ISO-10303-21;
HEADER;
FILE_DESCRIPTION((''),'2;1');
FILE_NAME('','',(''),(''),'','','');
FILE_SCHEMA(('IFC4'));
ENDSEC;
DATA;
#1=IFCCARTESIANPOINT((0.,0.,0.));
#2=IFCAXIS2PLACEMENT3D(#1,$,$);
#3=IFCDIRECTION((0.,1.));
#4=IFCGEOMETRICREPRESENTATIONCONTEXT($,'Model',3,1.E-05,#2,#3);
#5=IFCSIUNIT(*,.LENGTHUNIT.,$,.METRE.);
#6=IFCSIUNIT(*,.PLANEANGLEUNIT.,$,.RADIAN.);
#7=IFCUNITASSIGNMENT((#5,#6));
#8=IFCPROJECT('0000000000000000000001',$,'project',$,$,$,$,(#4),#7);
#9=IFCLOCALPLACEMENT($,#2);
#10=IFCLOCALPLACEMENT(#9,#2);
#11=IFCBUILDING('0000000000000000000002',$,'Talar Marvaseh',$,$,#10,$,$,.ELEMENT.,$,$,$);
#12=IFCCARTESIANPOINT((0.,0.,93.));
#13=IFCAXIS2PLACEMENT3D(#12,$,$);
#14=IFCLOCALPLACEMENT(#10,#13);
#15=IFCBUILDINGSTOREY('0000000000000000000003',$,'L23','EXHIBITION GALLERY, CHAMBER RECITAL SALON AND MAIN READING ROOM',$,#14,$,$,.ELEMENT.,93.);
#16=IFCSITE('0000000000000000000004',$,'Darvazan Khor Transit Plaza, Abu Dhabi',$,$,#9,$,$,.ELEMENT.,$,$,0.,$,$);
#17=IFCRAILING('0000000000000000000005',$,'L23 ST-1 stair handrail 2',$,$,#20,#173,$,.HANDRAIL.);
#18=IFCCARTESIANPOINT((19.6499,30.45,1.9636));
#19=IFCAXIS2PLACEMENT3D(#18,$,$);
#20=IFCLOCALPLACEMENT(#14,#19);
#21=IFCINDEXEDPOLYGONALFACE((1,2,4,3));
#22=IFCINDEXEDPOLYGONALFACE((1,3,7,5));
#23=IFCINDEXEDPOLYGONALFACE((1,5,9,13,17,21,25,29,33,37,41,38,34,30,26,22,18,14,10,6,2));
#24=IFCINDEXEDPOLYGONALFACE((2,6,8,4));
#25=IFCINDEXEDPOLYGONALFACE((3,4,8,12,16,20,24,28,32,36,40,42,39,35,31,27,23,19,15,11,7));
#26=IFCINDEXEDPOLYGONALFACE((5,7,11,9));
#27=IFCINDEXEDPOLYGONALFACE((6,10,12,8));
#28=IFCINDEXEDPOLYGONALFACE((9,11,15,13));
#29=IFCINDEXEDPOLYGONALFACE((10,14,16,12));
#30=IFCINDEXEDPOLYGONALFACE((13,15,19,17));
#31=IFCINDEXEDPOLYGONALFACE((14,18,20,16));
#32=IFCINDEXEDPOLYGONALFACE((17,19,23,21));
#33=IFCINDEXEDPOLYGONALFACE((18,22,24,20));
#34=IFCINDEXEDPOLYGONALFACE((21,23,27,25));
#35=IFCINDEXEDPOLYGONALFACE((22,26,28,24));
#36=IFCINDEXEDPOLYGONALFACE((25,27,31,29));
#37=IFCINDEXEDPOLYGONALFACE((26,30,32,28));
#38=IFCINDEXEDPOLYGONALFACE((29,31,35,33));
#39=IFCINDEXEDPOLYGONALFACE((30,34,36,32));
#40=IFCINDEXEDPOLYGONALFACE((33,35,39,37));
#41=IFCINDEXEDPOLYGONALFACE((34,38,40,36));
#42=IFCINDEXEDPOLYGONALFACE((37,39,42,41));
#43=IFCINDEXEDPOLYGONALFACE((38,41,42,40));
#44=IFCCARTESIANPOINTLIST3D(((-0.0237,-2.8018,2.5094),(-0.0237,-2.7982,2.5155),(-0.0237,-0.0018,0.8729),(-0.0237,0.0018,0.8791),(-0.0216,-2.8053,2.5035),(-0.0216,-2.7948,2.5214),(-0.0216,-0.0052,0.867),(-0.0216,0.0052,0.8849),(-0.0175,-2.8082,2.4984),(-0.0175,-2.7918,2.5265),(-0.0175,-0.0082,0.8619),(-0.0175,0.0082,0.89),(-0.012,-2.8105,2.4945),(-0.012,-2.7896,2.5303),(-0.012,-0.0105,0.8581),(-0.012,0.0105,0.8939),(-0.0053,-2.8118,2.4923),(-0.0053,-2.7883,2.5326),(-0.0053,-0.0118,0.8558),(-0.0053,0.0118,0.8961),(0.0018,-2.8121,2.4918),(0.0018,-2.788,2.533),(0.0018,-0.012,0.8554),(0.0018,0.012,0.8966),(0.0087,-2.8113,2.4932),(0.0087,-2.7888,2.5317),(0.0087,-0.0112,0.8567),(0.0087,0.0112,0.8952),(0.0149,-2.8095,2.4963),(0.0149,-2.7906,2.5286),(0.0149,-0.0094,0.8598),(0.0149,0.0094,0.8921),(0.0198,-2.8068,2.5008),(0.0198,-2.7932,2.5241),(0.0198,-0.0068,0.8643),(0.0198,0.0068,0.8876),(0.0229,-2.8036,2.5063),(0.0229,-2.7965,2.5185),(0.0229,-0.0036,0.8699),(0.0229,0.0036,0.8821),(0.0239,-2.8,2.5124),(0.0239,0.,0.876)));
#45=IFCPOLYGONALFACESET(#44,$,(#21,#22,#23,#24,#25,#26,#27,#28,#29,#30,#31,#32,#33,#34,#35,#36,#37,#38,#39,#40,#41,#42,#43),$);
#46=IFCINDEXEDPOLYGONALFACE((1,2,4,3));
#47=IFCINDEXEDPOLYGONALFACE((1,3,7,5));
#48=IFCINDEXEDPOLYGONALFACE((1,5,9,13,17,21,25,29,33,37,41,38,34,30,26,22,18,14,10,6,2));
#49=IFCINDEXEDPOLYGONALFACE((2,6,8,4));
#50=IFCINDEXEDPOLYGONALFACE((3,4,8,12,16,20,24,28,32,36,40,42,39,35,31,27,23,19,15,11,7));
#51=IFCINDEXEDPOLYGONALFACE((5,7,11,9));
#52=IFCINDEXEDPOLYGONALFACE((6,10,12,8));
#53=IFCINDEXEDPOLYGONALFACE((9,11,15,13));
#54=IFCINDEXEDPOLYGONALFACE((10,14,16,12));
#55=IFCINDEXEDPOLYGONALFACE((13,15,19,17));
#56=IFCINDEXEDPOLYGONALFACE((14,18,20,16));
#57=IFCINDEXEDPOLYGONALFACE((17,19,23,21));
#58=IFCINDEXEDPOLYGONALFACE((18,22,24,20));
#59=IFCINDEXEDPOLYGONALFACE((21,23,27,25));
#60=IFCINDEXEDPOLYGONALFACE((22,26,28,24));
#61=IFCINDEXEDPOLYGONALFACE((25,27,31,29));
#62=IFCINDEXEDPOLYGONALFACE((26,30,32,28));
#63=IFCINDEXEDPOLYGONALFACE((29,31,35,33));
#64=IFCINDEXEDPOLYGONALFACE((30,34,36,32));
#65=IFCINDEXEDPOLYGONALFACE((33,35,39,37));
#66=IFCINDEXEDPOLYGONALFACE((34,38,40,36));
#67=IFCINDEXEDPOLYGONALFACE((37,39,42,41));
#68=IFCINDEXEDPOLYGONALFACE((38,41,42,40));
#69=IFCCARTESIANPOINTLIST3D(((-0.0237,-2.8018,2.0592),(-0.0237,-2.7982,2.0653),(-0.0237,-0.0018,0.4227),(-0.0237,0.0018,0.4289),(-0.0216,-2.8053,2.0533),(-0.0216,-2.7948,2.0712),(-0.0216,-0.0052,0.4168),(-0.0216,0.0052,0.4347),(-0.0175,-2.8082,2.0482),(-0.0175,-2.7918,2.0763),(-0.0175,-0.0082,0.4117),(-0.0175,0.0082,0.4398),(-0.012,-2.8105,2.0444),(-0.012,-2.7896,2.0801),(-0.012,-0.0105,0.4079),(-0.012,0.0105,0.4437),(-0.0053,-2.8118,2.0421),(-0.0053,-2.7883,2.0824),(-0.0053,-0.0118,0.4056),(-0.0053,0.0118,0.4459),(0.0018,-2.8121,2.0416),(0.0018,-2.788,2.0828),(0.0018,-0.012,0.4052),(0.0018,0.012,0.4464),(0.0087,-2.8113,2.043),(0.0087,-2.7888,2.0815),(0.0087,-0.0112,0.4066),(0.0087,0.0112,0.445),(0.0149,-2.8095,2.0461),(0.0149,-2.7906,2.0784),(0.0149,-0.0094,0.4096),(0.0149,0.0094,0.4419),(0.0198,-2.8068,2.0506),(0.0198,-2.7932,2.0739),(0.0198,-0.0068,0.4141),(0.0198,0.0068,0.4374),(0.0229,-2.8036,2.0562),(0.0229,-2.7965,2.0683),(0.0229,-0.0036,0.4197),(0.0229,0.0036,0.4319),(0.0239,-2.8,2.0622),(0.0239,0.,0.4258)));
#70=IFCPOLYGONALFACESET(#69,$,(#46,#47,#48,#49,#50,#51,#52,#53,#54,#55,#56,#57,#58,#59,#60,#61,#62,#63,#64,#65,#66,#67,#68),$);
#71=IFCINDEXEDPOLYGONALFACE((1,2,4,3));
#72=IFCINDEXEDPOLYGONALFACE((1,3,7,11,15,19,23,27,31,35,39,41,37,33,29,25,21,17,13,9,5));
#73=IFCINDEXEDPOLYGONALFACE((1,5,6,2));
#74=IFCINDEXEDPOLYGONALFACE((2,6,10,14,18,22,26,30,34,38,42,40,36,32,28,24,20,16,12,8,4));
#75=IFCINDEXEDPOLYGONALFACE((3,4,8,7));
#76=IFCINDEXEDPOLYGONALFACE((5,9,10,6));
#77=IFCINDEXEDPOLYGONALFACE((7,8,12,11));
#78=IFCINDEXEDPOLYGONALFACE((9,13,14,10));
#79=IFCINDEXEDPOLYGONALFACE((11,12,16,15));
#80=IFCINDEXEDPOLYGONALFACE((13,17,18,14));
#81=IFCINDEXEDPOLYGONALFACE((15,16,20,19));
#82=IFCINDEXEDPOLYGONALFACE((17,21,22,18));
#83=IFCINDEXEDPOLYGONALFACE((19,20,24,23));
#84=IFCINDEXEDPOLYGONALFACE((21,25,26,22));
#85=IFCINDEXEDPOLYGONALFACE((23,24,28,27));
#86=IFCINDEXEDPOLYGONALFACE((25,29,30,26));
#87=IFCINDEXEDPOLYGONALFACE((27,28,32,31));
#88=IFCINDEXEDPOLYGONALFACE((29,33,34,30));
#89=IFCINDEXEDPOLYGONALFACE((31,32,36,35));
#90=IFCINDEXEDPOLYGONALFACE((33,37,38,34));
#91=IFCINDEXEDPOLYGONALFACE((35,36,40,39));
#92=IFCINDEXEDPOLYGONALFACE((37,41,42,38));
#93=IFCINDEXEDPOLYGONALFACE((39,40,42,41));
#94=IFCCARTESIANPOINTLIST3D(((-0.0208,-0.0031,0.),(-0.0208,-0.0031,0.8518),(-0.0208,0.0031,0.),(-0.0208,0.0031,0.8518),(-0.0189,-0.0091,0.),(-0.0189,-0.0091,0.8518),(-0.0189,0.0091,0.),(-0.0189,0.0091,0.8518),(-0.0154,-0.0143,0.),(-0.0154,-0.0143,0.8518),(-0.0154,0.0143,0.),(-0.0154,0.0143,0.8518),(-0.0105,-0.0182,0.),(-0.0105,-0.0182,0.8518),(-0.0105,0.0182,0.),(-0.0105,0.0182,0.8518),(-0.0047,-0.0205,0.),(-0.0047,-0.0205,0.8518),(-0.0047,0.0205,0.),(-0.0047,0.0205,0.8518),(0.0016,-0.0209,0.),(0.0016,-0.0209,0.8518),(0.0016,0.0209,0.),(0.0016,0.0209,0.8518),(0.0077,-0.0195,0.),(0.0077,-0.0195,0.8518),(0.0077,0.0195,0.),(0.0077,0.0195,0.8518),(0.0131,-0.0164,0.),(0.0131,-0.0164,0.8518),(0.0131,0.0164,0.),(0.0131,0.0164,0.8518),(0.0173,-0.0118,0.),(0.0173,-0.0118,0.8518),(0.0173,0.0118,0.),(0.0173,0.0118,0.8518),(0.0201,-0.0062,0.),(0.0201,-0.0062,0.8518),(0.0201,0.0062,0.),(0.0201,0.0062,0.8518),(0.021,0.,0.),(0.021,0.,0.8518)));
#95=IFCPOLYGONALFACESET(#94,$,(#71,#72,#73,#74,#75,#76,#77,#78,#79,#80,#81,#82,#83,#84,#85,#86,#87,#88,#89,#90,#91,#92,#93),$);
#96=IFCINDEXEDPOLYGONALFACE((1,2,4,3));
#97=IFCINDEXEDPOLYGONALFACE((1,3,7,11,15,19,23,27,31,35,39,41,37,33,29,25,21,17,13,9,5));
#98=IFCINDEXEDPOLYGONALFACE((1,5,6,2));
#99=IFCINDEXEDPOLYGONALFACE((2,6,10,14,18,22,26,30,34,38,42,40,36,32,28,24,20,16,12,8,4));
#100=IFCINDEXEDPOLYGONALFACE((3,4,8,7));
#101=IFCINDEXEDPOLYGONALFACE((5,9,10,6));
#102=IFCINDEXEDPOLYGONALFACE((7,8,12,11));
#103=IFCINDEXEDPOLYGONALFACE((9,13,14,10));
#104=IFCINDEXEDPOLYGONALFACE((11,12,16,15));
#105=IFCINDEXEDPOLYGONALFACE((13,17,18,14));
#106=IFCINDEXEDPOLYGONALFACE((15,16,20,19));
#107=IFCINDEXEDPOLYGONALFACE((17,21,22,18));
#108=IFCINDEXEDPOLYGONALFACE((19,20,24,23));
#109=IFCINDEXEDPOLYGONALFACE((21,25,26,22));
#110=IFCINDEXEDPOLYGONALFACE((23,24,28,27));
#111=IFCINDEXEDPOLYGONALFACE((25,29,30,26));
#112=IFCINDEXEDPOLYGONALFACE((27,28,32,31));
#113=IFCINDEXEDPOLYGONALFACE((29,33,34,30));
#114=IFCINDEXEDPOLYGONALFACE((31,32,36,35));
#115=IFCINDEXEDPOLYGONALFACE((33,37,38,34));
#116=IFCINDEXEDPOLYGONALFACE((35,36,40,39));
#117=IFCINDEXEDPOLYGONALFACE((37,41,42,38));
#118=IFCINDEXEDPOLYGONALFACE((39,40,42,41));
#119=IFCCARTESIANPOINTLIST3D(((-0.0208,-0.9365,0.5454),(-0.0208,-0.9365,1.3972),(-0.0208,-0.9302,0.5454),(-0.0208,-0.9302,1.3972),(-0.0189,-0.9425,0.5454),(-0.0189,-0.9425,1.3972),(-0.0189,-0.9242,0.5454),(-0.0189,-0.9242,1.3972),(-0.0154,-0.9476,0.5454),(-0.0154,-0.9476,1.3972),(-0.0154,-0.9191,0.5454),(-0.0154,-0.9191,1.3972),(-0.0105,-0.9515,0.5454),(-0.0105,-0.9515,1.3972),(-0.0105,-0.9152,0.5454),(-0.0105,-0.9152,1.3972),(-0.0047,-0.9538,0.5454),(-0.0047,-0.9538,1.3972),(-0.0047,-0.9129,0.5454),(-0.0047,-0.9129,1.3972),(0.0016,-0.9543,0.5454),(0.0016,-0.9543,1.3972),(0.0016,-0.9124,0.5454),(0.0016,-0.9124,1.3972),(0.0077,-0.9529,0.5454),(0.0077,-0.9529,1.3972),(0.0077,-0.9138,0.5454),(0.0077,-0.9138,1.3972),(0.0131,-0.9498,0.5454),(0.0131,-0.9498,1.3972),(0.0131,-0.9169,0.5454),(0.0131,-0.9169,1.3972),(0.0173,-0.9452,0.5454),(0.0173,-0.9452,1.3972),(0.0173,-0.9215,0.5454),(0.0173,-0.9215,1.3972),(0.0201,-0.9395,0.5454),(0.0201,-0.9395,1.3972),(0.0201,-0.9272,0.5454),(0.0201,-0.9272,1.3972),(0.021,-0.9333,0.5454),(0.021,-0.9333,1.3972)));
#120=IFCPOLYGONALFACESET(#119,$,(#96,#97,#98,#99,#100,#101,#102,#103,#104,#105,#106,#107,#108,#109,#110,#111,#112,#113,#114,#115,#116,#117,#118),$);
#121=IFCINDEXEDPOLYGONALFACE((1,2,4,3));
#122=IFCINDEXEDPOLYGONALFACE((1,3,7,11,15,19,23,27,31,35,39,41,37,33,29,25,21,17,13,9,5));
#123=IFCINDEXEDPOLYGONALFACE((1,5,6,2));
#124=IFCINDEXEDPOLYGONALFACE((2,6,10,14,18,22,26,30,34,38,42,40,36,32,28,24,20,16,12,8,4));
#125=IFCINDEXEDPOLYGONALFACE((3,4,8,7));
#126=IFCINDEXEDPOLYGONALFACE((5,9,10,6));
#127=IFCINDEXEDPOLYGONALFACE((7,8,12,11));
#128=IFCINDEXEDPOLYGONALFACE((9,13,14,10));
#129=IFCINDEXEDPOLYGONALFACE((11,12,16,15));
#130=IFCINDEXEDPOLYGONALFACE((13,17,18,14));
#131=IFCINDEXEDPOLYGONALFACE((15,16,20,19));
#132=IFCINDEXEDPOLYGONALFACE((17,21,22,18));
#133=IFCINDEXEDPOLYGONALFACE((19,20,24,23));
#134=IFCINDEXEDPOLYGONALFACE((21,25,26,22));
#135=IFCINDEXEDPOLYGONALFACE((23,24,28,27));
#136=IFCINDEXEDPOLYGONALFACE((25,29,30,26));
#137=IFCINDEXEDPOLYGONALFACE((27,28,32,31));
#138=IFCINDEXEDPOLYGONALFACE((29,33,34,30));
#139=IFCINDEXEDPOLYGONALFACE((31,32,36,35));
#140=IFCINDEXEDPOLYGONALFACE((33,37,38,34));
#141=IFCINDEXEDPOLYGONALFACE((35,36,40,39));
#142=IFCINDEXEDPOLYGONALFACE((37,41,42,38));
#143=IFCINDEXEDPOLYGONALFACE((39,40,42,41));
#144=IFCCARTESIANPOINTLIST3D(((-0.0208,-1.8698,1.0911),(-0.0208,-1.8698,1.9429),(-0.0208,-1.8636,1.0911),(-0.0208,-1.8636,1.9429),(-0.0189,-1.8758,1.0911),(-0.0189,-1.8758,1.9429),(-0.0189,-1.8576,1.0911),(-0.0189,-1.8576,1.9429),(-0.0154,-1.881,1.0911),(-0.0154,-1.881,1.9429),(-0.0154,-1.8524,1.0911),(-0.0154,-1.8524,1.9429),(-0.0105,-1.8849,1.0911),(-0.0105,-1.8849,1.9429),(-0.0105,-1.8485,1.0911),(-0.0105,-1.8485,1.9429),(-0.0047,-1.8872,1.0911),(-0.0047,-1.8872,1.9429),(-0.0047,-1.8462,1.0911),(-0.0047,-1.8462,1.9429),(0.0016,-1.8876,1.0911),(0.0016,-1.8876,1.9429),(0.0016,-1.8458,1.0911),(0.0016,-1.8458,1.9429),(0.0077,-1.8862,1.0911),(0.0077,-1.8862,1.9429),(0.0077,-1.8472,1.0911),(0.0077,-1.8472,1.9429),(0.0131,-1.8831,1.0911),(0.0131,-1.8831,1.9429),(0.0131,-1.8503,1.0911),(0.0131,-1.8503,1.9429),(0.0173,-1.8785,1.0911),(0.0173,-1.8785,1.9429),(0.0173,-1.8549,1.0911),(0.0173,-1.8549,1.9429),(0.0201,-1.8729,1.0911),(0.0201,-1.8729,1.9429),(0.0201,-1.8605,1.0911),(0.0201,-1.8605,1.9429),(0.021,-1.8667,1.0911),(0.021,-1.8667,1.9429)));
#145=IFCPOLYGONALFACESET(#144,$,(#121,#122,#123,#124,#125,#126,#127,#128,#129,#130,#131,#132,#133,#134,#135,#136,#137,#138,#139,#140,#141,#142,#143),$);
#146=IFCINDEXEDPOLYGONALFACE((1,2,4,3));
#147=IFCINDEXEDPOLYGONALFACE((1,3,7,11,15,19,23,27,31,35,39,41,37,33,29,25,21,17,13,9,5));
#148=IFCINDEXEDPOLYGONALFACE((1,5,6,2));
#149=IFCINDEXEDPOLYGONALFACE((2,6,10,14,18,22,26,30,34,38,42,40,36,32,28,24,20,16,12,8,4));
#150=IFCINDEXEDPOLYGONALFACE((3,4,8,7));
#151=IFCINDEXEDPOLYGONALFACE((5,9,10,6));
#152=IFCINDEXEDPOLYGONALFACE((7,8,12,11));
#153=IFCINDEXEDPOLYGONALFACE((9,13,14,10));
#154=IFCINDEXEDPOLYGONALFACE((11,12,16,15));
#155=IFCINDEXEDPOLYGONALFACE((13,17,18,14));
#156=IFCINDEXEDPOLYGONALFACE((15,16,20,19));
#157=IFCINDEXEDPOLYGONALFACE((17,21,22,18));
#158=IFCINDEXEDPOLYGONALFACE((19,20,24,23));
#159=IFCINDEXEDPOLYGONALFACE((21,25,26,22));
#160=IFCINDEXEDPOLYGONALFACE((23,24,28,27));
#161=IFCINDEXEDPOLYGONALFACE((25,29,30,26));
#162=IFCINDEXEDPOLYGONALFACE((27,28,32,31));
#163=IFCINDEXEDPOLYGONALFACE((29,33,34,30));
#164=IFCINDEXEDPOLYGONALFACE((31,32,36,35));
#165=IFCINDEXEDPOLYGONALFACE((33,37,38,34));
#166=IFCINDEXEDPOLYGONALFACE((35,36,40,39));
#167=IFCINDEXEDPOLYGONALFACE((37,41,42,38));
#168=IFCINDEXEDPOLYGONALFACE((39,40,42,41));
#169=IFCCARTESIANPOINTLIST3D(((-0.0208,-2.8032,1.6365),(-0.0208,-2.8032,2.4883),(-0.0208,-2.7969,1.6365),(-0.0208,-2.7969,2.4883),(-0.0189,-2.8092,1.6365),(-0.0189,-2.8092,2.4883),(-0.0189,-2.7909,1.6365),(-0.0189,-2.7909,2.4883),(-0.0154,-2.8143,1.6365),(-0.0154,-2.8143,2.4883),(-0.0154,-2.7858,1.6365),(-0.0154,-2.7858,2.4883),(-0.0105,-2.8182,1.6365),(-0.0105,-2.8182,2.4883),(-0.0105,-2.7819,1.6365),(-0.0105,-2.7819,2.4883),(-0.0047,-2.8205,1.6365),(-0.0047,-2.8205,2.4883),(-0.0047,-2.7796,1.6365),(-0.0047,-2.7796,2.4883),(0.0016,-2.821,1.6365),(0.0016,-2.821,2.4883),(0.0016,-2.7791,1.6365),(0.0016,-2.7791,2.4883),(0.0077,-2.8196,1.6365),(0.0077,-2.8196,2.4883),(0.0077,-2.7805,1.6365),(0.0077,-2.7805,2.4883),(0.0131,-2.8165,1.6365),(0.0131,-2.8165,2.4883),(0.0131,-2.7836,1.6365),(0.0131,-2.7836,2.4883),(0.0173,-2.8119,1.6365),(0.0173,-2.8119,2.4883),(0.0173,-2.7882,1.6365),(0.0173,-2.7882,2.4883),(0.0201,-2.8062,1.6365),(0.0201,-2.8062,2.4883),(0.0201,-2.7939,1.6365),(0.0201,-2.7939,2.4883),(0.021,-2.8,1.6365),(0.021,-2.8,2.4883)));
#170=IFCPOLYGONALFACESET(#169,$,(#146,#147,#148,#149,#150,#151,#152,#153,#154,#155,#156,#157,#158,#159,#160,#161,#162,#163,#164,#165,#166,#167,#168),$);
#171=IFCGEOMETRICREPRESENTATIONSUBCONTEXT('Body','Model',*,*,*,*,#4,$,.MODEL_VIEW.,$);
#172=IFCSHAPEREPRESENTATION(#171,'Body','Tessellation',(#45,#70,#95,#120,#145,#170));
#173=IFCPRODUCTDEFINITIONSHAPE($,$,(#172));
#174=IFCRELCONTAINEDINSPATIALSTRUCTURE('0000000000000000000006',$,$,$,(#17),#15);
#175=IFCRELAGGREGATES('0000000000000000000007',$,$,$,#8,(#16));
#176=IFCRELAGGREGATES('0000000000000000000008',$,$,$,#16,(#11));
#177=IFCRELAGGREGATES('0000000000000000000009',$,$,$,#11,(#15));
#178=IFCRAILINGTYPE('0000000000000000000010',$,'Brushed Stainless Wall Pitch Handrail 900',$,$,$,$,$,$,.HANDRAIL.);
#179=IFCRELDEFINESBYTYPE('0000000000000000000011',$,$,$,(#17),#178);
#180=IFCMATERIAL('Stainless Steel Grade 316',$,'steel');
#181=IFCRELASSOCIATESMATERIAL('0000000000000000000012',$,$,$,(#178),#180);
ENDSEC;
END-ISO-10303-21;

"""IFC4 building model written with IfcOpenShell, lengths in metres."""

from ifc_helpers import new_model, si_unit, direction, frame, origin, origin_2d, place, context, subcontext, project, spatial, circle, extrude, material, type_object, element, save


model = new_model("IFC4")

# Units and contexts
model_context = context("Model", 3, precision=1e-05, world=origin(), true_north=direction((0.0, 1.0)))
body_context = subcontext(model_context, "Body", "Model", "MODEL_VIEW")
ifc_project = project(units=[si_unit("LENGTHUNIT", "METRE"), si_unit("PLANEANGLEUNIT", "RADIAN")], contexts=[model_context])

# Site, building, storey
site_placement = place(None, origin())
site = spatial("IfcSite", under=ifc_project, at=site_placement, Name="Darvazan Khor Transit Plaza, Abu Dhabi", CompositionType="ELEMENT", RefElevation=0.0)
building_placement = place(site_placement, origin())
building = spatial("IfcBuilding", under=site, at=building_placement, Name="Talar Marvaseh", CompositionType="ELEMENT")
storey_placement = place(building_placement, frame((0.0, 0.0, 93.0)))
storey = spatial("IfcBuildingStorey", under=building, at=storey_placement, Name="L23", Description="EXHIBITION GALLERY, CHAMBER RECITAL SALON AND MAIN READING ROOM", CompositionType="ELEMENT", Elevation=93.0)

# Railing
ifc_material_1 = material(Name="Stainless Steel Grade 316", Category="steel")
railing_type_1 = type_object("IfcRailingType", Name="Brushed Stainless Wall Pitch Handrail 900", PredefinedType="HANDRAIL", material=ifc_material_1)
railing_1_placement = place(storey_placement, frame((19.6499, 30.45, 1.9636)))
element("IfcRailing", 1, at=railing_1_placement, inside=storey, type_object=railing_type_1, Name="L23 ST-1 stair handrail 2", PredefinedType="HANDRAIL", context=body_context, shape_type="SweptSolid", body=[
    extrude(circle(Radius=0.0239, at=origin_2d()), frame((0.0, 0.0, 0.876), z_axis=(0.0, -0.863361, 0.504587), x_axis=(1.0, 0.0, 0.0)), (0.0, 0.0, 1.0), 3.2432),
    extrude(circle(Radius=0.0239, at=origin_2d()), frame((0.0, 0.0, 0.4258), z_axis=(0.0, -0.863361, 0.504587), x_axis=(1.0, 0.0, 0.0)), (0.0, 0.0, 1.0), 3.2432),
    extrude(circle(Radius=0.021, at=origin_2d()), origin(), (0.0, 0.0, 1.0), 0.8518),
    extrude(circle(Radius=0.021, at=origin_2d()), frame((0.0, -0.9333, 0.5454)), (0.0, 0.0, 1.0), 0.8518),
    extrude(circle(Radius=0.021, at=origin_2d()), frame((0.0, -1.8667, 1.0911)), (0.0, 0.0, 1.0), 0.8518),
    extrude(circle(Radius=0.021, at=origin_2d()), frame((0.0, -2.8, 1.6365)), (0.0, 0.0, 1.0), 0.8518),
])

save(model, "model.ifc")
